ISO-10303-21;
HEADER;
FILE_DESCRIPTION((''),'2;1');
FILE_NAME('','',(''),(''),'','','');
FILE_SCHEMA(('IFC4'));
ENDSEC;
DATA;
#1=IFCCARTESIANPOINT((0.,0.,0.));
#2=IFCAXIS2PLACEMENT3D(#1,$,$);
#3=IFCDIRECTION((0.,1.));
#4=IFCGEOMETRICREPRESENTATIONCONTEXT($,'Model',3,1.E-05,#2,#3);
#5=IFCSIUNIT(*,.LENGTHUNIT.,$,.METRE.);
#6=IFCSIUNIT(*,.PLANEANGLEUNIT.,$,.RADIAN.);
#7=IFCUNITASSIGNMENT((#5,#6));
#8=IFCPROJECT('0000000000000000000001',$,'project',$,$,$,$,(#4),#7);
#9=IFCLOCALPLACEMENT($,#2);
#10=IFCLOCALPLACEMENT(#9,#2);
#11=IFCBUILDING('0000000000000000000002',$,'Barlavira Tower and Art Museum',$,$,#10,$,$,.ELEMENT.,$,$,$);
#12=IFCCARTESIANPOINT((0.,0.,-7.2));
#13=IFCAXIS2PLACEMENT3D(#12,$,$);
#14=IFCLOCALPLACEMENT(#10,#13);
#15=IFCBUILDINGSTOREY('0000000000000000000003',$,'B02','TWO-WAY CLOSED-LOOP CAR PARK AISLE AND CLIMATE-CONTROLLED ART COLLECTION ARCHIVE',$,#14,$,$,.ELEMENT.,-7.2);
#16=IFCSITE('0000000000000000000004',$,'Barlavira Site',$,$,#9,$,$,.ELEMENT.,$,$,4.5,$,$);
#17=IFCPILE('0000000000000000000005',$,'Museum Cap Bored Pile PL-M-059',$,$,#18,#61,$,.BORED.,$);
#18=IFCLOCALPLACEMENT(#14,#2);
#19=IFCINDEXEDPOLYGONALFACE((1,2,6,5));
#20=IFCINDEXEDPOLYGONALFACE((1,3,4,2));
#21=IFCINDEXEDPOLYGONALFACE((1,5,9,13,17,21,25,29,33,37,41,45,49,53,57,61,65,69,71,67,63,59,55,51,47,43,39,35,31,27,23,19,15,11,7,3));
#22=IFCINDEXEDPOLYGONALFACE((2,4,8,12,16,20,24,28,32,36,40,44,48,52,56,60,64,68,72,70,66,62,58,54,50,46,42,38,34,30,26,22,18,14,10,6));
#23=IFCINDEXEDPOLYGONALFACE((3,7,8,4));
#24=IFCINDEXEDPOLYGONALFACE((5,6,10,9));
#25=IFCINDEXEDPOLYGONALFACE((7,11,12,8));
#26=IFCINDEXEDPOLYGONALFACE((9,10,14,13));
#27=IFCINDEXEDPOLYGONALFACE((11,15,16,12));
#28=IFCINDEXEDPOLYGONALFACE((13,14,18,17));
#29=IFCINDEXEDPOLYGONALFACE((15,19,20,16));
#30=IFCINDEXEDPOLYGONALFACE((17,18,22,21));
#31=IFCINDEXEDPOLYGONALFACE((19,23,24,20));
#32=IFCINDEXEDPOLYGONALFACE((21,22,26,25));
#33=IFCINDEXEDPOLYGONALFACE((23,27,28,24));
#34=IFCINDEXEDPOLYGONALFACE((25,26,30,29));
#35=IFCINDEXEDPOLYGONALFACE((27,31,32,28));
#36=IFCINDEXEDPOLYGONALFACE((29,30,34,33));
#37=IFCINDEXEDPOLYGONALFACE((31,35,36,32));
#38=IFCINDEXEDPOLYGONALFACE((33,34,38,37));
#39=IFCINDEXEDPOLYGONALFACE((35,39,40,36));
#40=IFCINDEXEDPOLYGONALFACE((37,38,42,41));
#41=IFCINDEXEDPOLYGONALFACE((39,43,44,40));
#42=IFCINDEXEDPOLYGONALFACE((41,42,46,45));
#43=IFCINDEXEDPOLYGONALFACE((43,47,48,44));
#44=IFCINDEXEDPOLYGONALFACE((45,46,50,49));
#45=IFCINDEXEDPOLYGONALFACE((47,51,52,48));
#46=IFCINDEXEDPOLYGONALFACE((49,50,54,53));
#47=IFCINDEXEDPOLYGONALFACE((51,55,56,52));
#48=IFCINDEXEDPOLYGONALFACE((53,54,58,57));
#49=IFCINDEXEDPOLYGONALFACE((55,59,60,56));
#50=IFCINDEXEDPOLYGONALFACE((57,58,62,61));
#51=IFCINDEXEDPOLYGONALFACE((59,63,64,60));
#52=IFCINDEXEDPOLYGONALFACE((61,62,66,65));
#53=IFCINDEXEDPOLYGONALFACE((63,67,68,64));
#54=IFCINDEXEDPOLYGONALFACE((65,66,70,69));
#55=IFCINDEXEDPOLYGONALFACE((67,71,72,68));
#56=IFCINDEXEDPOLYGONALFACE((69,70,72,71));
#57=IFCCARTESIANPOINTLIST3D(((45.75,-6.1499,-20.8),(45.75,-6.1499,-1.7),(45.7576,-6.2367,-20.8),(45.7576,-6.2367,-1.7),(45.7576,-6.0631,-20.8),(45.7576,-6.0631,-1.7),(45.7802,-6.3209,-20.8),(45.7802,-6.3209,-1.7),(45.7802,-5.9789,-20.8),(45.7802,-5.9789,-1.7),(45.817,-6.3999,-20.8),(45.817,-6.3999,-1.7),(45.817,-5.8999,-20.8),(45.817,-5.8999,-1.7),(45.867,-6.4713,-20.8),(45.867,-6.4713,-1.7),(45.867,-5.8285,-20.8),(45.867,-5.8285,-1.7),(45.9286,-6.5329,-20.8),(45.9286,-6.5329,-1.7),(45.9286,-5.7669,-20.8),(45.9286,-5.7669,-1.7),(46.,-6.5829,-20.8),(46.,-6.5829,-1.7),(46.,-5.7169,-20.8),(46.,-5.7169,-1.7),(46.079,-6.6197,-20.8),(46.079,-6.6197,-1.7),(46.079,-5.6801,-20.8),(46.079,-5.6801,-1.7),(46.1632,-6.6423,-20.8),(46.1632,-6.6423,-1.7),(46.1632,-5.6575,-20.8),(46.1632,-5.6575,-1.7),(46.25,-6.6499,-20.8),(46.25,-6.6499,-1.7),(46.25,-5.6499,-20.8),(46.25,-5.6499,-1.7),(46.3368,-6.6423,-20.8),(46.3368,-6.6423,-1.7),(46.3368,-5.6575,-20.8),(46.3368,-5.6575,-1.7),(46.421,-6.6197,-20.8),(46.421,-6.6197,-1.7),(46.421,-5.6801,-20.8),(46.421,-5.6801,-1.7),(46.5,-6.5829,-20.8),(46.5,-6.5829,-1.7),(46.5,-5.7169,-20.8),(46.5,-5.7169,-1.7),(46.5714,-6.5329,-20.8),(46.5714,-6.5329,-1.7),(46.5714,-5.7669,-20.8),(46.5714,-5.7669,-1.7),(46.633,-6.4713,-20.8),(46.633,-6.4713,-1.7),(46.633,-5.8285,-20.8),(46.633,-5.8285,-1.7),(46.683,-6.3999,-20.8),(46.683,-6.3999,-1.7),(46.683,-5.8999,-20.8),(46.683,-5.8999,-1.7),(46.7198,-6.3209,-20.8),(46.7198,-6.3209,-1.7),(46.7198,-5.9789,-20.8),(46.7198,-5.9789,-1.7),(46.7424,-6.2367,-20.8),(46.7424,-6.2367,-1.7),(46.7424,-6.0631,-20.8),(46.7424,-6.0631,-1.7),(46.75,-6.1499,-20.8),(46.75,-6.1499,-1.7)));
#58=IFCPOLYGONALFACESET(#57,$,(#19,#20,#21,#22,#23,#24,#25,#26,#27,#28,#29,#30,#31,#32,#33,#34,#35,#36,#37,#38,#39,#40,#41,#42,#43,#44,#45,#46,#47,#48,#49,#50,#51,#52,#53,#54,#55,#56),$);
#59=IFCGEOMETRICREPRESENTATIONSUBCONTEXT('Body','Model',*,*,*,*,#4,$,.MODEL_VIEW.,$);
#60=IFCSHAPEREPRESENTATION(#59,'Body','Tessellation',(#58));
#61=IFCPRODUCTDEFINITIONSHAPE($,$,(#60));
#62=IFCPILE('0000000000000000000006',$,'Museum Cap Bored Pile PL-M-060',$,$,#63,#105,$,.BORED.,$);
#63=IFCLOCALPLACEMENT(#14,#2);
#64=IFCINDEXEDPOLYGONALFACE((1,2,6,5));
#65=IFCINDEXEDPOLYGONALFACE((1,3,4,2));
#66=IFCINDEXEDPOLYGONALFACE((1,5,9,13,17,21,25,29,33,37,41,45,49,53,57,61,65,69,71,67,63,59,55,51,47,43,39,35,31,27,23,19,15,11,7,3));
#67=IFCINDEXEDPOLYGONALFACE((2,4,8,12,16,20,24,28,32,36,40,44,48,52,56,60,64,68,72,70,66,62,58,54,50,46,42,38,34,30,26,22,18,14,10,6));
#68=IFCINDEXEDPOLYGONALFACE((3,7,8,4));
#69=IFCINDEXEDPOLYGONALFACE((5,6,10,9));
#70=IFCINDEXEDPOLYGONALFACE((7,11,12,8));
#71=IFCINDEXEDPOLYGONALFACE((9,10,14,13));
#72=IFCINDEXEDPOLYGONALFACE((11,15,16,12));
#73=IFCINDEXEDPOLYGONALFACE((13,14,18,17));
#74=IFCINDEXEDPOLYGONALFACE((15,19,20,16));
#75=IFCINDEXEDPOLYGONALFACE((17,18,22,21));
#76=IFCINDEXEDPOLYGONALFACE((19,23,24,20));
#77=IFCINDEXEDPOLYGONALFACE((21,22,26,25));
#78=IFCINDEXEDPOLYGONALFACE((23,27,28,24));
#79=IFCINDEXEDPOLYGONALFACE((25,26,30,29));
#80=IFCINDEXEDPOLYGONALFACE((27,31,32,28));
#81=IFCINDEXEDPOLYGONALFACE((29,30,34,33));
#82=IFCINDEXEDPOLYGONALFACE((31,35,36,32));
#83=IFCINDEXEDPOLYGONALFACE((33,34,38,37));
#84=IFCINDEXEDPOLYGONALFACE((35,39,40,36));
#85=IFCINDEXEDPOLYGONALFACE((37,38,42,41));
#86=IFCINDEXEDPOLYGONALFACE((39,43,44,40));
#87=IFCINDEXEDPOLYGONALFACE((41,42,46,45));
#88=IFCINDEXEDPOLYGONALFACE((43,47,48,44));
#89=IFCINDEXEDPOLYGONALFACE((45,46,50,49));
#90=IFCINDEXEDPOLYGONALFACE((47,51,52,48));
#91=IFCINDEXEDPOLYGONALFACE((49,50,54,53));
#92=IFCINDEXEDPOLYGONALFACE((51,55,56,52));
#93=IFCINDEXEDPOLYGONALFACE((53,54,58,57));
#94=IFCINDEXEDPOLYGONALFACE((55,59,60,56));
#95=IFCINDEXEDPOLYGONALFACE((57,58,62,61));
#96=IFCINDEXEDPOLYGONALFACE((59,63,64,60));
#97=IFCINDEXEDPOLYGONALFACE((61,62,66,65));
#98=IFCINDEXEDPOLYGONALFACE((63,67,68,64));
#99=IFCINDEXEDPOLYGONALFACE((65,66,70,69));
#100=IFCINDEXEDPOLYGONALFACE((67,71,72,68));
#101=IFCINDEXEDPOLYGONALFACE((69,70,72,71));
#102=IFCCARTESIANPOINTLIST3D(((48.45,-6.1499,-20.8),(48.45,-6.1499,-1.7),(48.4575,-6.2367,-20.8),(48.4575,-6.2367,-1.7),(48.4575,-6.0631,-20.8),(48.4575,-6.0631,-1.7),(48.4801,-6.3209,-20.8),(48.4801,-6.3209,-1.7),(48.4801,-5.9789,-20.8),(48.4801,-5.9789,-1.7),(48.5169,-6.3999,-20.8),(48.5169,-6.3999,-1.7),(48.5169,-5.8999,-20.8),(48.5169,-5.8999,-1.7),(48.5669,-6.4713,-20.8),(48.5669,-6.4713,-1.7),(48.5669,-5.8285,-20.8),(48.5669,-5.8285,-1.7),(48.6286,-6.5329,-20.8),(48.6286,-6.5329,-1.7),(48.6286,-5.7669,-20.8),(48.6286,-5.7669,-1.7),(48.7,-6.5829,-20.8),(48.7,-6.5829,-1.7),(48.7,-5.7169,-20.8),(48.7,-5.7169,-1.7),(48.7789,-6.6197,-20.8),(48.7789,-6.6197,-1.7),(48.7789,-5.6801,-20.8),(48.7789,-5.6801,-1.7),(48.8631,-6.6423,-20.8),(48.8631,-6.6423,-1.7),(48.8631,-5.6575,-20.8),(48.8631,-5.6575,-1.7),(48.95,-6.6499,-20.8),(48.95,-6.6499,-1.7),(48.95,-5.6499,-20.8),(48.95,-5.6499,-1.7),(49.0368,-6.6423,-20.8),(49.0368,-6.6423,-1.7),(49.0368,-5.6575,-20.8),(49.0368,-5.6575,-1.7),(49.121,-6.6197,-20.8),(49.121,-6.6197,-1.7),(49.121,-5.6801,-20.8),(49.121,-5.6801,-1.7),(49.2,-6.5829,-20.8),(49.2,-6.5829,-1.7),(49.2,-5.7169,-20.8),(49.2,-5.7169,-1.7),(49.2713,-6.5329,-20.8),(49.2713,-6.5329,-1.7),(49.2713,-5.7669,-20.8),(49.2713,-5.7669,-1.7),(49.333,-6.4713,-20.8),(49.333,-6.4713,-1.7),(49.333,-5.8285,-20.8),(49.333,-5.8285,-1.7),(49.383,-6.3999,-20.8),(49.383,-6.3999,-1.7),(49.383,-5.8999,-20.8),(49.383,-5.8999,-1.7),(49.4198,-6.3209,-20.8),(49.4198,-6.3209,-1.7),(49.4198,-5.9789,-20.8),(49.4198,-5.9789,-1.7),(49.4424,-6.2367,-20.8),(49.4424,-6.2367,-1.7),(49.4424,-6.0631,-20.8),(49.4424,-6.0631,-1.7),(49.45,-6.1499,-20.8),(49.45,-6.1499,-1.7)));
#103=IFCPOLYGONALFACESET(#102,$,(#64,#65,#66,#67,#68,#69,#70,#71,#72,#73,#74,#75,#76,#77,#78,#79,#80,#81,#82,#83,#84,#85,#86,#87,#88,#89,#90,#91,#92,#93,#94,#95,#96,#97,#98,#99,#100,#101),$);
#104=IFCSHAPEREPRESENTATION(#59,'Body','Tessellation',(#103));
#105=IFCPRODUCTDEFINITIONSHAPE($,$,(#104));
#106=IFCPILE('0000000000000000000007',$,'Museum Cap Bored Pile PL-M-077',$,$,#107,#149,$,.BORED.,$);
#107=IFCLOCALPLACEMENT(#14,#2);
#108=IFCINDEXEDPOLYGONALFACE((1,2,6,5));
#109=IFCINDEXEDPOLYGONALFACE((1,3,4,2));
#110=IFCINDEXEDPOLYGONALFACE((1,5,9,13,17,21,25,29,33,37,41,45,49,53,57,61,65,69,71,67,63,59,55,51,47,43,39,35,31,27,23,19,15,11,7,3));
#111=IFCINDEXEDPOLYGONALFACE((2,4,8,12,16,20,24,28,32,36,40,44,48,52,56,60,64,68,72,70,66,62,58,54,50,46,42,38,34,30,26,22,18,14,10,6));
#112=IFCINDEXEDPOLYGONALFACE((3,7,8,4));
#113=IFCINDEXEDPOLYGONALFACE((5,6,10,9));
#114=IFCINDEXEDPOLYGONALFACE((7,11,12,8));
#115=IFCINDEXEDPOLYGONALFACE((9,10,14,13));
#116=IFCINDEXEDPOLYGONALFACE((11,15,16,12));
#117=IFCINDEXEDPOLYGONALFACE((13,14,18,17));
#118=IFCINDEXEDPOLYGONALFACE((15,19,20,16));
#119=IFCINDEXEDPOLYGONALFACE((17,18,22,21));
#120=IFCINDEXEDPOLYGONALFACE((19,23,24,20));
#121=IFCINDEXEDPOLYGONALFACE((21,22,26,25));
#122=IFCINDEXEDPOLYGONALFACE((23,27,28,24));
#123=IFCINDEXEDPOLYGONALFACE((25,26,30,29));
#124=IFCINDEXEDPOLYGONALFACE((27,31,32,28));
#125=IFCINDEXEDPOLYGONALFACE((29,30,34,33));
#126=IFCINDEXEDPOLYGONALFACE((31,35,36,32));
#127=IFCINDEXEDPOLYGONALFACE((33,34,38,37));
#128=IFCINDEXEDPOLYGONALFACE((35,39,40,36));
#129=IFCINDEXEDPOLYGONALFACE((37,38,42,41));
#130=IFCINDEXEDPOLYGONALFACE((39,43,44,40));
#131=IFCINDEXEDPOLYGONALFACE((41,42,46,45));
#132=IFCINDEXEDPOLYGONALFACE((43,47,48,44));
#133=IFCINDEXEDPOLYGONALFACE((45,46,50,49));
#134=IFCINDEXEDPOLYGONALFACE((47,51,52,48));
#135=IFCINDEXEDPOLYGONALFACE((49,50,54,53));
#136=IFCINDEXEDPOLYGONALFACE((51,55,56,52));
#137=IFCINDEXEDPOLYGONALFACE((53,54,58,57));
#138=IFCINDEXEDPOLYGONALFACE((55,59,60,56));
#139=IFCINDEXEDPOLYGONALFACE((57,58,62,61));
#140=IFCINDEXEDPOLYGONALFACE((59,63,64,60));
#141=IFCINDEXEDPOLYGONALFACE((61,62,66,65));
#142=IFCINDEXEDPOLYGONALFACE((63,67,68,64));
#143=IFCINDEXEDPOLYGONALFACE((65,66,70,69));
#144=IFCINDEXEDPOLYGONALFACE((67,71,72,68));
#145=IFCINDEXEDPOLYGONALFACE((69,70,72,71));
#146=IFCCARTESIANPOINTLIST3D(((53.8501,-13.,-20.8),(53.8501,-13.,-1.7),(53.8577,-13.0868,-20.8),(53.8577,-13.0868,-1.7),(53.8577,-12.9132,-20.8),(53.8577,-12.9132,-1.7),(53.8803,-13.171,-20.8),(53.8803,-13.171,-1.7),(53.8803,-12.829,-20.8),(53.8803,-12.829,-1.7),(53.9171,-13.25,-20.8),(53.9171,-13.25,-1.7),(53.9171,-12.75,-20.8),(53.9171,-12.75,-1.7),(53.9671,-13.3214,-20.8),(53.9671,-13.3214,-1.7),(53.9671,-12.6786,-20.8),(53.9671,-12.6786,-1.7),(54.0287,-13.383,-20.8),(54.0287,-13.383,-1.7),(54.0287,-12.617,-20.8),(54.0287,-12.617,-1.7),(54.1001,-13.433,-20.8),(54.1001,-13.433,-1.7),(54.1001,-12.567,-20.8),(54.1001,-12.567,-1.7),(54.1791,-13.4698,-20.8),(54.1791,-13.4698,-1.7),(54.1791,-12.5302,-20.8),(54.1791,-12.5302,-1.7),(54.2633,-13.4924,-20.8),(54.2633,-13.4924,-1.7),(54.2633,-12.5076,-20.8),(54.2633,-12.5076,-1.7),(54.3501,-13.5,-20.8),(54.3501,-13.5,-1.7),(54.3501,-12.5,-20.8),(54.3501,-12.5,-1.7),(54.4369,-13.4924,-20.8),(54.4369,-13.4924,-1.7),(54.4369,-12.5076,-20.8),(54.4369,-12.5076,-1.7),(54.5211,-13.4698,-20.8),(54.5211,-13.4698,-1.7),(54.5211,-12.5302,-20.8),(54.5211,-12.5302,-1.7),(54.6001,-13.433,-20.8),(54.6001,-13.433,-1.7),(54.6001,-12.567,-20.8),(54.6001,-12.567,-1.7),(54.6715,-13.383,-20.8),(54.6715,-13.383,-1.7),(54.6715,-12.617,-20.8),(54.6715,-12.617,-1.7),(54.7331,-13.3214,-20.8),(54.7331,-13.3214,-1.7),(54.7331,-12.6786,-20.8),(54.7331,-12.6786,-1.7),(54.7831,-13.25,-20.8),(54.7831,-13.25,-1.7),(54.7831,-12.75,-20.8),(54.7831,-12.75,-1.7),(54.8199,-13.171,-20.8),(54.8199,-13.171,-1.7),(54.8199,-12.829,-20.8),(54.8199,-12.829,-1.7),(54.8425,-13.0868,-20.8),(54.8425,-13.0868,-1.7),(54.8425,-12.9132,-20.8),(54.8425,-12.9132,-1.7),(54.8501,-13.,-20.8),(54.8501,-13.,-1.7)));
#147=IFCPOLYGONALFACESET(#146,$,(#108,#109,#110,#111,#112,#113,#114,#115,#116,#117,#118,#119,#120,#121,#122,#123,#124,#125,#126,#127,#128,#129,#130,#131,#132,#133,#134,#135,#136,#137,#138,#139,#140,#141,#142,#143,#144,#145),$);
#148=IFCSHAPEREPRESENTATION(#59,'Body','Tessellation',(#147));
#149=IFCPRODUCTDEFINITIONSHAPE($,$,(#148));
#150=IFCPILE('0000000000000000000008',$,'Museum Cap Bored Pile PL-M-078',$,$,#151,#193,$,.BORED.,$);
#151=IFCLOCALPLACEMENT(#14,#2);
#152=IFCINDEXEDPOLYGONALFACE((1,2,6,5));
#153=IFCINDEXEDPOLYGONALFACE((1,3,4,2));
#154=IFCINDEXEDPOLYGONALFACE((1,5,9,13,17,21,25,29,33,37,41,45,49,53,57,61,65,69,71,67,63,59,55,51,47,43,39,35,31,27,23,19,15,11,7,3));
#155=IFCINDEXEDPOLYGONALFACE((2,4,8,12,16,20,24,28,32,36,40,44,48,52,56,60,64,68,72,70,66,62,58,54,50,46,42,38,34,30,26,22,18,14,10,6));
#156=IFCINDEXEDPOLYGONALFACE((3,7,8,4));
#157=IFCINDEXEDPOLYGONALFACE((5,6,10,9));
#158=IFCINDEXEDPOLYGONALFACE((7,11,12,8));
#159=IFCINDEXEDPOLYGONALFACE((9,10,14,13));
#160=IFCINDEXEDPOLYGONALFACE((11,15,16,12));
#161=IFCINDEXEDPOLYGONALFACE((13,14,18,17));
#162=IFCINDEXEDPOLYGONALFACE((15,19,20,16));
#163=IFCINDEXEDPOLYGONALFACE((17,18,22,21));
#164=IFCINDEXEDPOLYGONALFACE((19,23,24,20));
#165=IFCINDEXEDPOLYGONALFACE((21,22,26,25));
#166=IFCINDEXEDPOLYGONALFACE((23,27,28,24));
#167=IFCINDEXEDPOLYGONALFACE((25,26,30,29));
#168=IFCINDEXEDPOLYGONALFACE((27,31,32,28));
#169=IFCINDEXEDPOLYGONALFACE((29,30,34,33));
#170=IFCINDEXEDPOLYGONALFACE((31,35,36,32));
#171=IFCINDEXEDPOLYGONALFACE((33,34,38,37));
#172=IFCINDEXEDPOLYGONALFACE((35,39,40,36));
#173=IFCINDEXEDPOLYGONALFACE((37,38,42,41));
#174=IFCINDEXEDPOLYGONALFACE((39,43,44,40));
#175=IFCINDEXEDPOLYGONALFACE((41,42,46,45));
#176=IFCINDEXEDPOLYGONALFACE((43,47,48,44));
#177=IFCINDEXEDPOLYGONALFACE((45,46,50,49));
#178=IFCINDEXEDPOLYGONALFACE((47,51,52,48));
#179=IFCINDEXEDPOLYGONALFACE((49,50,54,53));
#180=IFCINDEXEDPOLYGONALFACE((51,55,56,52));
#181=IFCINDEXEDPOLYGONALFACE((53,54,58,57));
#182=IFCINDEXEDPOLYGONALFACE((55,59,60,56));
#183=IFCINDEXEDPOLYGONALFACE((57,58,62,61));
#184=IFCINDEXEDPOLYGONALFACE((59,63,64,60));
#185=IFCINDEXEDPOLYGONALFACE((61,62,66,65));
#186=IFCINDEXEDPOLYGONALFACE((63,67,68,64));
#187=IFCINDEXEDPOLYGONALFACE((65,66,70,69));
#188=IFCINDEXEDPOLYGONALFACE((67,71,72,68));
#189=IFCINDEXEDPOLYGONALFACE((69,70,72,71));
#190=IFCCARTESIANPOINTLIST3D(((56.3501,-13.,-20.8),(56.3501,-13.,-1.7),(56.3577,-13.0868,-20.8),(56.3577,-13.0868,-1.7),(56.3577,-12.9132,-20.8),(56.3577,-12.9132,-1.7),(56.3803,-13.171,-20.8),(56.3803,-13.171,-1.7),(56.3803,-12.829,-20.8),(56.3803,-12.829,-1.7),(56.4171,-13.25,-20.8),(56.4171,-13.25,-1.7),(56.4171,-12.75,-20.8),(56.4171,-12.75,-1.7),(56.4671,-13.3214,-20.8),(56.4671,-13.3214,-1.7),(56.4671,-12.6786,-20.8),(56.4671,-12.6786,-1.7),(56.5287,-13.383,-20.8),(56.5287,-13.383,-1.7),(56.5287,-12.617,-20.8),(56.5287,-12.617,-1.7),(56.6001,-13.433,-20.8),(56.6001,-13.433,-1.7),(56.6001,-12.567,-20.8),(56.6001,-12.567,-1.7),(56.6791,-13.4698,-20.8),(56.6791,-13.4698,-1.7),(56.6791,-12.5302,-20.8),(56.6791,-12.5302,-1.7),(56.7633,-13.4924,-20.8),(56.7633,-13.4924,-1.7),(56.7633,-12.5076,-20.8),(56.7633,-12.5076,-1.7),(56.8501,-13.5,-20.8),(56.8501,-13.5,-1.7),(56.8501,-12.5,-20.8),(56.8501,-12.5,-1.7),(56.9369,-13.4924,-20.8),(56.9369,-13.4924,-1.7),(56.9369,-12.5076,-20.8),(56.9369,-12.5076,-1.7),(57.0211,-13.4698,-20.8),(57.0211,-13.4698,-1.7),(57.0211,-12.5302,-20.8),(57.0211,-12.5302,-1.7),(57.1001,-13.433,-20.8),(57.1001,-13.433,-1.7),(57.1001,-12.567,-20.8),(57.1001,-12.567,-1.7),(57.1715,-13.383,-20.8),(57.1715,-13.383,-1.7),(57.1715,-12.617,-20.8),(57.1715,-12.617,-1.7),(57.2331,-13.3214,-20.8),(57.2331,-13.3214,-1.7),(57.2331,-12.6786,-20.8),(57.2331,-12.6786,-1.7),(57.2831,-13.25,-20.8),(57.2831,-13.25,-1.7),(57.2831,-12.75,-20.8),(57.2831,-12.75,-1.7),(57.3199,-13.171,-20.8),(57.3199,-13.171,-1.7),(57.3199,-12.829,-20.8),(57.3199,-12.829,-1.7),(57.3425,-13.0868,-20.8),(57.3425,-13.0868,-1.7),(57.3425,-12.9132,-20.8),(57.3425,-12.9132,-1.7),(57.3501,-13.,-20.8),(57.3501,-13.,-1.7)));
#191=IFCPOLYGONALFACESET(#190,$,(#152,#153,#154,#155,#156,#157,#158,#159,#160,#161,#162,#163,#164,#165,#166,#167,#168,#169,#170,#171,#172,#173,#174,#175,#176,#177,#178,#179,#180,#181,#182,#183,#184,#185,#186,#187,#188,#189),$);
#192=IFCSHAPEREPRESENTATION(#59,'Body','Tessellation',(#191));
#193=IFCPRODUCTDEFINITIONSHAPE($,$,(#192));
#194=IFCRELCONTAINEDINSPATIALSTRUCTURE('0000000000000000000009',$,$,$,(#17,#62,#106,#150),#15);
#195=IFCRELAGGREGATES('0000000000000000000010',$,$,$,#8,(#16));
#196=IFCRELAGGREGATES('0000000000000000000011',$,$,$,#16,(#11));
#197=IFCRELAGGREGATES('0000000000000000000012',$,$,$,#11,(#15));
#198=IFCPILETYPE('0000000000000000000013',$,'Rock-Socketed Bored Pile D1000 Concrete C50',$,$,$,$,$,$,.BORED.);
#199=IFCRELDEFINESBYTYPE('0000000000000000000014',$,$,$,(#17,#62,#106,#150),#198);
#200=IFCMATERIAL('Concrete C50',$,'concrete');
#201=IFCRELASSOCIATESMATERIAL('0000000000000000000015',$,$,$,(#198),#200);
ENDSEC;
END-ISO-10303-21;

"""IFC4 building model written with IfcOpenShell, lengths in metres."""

from ifc_helpers import new_model, si_unit, direction, frame, origin, origin_2d, place, context, subcontext, project, spatial, circle, extrude, material, material_profile, profile_set, type_object, element, save


model = new_model("IFC4")

# Units and contexts
model_context = context("Model", 3, precision=1e-05, world=origin(), true_north=direction((0.0, 1.0)))
body_context = subcontext(model_context, "Body", "Model", "MODEL_VIEW")
ifc_project = project(units=[si_unit("LENGTHUNIT", "METRE"), si_unit("PLANEANGLEUNIT", "RADIAN")], contexts=[model_context])

# Site, building, storey
site_placement = place(None, origin())
site = spatial("IfcSite", under=ifc_project, at=site_placement, Name="Barlavira Site", CompositionType="ELEMENT", RefElevation=4.5)
building_placement = place(site_placement, origin())
building = spatial("IfcBuilding", under=site, at=building_placement, Name="Barlavira Tower and Art Museum", CompositionType="ELEMENT")
storey_placement = place(building_placement, frame((0.0, 0.0, -7.2)))
storey = spatial("IfcBuildingStorey", under=building, at=storey_placement, Name="B02", Description="TWO-WAY CLOSED-LOOP CAR PARK AISLE AND CLIMATE-CONTROLLED ART COLLECTION ARCHIVE", CompositionType="ELEMENT", Elevation=-7.2)

# Shared definitions
ifc_material_1 = material(Name="Concrete C50", Category="concrete")

# Piles
ifc_material_profile_1 = material_profile(ifc_material_1, circle(Radius=0.5, at=origin_2d()), Name="BORED PILE D1000")
ifc_profile_set_1 = profile_set([ifc_material_profile_1], Name="Concrete C50")
pile_type = type_object("IfcPileType", Name="Rock-Socketed Bored Pile D1000 Concrete C50", PredefinedType="BORED", material=ifc_profile_set_1)
for number, where, z_axis, x_axis, name in (
    (1, (46.25, -6.1499, -1.7), (0.0, 0.0, -1.0), (1.0, 0.0, 0.0), "Museum Cap Bored Pile PL-M-059"),
    (2, (48.95, -6.1499, -1.7), (0.0, 0.0, -1.0), (1.0, 0.0, 0.0), "Museum Cap Bored Pile PL-M-060"),
    (3, (54.3501, -13.0, -1.7), (0.0, 0.0, -1.0), (1.0, 0.0, 0.0), "Museum Cap Bored Pile PL-M-077"),
    (4, (56.8501, -13.0, -1.7), (0.0, 0.0, -1.0), (1.0, 0.0, 0.0), "Museum Cap Bored Pile PL-M-078"),
):
    element("IfcPile", number, at=place(storey_placement, frame(where, z_axis=z_axis, x_axis=x_axis)), inside=storey, type_object=pile_type, Name=name, PredefinedType="BORED", context=body_context, shape_type="SweptSolid", body=[
        extrude(circle(Radius=0.5, at=origin_2d()), origin(), (0.0, 0.0, 1.0), 19.1001),
    ])

save(model, "model.ifc")
